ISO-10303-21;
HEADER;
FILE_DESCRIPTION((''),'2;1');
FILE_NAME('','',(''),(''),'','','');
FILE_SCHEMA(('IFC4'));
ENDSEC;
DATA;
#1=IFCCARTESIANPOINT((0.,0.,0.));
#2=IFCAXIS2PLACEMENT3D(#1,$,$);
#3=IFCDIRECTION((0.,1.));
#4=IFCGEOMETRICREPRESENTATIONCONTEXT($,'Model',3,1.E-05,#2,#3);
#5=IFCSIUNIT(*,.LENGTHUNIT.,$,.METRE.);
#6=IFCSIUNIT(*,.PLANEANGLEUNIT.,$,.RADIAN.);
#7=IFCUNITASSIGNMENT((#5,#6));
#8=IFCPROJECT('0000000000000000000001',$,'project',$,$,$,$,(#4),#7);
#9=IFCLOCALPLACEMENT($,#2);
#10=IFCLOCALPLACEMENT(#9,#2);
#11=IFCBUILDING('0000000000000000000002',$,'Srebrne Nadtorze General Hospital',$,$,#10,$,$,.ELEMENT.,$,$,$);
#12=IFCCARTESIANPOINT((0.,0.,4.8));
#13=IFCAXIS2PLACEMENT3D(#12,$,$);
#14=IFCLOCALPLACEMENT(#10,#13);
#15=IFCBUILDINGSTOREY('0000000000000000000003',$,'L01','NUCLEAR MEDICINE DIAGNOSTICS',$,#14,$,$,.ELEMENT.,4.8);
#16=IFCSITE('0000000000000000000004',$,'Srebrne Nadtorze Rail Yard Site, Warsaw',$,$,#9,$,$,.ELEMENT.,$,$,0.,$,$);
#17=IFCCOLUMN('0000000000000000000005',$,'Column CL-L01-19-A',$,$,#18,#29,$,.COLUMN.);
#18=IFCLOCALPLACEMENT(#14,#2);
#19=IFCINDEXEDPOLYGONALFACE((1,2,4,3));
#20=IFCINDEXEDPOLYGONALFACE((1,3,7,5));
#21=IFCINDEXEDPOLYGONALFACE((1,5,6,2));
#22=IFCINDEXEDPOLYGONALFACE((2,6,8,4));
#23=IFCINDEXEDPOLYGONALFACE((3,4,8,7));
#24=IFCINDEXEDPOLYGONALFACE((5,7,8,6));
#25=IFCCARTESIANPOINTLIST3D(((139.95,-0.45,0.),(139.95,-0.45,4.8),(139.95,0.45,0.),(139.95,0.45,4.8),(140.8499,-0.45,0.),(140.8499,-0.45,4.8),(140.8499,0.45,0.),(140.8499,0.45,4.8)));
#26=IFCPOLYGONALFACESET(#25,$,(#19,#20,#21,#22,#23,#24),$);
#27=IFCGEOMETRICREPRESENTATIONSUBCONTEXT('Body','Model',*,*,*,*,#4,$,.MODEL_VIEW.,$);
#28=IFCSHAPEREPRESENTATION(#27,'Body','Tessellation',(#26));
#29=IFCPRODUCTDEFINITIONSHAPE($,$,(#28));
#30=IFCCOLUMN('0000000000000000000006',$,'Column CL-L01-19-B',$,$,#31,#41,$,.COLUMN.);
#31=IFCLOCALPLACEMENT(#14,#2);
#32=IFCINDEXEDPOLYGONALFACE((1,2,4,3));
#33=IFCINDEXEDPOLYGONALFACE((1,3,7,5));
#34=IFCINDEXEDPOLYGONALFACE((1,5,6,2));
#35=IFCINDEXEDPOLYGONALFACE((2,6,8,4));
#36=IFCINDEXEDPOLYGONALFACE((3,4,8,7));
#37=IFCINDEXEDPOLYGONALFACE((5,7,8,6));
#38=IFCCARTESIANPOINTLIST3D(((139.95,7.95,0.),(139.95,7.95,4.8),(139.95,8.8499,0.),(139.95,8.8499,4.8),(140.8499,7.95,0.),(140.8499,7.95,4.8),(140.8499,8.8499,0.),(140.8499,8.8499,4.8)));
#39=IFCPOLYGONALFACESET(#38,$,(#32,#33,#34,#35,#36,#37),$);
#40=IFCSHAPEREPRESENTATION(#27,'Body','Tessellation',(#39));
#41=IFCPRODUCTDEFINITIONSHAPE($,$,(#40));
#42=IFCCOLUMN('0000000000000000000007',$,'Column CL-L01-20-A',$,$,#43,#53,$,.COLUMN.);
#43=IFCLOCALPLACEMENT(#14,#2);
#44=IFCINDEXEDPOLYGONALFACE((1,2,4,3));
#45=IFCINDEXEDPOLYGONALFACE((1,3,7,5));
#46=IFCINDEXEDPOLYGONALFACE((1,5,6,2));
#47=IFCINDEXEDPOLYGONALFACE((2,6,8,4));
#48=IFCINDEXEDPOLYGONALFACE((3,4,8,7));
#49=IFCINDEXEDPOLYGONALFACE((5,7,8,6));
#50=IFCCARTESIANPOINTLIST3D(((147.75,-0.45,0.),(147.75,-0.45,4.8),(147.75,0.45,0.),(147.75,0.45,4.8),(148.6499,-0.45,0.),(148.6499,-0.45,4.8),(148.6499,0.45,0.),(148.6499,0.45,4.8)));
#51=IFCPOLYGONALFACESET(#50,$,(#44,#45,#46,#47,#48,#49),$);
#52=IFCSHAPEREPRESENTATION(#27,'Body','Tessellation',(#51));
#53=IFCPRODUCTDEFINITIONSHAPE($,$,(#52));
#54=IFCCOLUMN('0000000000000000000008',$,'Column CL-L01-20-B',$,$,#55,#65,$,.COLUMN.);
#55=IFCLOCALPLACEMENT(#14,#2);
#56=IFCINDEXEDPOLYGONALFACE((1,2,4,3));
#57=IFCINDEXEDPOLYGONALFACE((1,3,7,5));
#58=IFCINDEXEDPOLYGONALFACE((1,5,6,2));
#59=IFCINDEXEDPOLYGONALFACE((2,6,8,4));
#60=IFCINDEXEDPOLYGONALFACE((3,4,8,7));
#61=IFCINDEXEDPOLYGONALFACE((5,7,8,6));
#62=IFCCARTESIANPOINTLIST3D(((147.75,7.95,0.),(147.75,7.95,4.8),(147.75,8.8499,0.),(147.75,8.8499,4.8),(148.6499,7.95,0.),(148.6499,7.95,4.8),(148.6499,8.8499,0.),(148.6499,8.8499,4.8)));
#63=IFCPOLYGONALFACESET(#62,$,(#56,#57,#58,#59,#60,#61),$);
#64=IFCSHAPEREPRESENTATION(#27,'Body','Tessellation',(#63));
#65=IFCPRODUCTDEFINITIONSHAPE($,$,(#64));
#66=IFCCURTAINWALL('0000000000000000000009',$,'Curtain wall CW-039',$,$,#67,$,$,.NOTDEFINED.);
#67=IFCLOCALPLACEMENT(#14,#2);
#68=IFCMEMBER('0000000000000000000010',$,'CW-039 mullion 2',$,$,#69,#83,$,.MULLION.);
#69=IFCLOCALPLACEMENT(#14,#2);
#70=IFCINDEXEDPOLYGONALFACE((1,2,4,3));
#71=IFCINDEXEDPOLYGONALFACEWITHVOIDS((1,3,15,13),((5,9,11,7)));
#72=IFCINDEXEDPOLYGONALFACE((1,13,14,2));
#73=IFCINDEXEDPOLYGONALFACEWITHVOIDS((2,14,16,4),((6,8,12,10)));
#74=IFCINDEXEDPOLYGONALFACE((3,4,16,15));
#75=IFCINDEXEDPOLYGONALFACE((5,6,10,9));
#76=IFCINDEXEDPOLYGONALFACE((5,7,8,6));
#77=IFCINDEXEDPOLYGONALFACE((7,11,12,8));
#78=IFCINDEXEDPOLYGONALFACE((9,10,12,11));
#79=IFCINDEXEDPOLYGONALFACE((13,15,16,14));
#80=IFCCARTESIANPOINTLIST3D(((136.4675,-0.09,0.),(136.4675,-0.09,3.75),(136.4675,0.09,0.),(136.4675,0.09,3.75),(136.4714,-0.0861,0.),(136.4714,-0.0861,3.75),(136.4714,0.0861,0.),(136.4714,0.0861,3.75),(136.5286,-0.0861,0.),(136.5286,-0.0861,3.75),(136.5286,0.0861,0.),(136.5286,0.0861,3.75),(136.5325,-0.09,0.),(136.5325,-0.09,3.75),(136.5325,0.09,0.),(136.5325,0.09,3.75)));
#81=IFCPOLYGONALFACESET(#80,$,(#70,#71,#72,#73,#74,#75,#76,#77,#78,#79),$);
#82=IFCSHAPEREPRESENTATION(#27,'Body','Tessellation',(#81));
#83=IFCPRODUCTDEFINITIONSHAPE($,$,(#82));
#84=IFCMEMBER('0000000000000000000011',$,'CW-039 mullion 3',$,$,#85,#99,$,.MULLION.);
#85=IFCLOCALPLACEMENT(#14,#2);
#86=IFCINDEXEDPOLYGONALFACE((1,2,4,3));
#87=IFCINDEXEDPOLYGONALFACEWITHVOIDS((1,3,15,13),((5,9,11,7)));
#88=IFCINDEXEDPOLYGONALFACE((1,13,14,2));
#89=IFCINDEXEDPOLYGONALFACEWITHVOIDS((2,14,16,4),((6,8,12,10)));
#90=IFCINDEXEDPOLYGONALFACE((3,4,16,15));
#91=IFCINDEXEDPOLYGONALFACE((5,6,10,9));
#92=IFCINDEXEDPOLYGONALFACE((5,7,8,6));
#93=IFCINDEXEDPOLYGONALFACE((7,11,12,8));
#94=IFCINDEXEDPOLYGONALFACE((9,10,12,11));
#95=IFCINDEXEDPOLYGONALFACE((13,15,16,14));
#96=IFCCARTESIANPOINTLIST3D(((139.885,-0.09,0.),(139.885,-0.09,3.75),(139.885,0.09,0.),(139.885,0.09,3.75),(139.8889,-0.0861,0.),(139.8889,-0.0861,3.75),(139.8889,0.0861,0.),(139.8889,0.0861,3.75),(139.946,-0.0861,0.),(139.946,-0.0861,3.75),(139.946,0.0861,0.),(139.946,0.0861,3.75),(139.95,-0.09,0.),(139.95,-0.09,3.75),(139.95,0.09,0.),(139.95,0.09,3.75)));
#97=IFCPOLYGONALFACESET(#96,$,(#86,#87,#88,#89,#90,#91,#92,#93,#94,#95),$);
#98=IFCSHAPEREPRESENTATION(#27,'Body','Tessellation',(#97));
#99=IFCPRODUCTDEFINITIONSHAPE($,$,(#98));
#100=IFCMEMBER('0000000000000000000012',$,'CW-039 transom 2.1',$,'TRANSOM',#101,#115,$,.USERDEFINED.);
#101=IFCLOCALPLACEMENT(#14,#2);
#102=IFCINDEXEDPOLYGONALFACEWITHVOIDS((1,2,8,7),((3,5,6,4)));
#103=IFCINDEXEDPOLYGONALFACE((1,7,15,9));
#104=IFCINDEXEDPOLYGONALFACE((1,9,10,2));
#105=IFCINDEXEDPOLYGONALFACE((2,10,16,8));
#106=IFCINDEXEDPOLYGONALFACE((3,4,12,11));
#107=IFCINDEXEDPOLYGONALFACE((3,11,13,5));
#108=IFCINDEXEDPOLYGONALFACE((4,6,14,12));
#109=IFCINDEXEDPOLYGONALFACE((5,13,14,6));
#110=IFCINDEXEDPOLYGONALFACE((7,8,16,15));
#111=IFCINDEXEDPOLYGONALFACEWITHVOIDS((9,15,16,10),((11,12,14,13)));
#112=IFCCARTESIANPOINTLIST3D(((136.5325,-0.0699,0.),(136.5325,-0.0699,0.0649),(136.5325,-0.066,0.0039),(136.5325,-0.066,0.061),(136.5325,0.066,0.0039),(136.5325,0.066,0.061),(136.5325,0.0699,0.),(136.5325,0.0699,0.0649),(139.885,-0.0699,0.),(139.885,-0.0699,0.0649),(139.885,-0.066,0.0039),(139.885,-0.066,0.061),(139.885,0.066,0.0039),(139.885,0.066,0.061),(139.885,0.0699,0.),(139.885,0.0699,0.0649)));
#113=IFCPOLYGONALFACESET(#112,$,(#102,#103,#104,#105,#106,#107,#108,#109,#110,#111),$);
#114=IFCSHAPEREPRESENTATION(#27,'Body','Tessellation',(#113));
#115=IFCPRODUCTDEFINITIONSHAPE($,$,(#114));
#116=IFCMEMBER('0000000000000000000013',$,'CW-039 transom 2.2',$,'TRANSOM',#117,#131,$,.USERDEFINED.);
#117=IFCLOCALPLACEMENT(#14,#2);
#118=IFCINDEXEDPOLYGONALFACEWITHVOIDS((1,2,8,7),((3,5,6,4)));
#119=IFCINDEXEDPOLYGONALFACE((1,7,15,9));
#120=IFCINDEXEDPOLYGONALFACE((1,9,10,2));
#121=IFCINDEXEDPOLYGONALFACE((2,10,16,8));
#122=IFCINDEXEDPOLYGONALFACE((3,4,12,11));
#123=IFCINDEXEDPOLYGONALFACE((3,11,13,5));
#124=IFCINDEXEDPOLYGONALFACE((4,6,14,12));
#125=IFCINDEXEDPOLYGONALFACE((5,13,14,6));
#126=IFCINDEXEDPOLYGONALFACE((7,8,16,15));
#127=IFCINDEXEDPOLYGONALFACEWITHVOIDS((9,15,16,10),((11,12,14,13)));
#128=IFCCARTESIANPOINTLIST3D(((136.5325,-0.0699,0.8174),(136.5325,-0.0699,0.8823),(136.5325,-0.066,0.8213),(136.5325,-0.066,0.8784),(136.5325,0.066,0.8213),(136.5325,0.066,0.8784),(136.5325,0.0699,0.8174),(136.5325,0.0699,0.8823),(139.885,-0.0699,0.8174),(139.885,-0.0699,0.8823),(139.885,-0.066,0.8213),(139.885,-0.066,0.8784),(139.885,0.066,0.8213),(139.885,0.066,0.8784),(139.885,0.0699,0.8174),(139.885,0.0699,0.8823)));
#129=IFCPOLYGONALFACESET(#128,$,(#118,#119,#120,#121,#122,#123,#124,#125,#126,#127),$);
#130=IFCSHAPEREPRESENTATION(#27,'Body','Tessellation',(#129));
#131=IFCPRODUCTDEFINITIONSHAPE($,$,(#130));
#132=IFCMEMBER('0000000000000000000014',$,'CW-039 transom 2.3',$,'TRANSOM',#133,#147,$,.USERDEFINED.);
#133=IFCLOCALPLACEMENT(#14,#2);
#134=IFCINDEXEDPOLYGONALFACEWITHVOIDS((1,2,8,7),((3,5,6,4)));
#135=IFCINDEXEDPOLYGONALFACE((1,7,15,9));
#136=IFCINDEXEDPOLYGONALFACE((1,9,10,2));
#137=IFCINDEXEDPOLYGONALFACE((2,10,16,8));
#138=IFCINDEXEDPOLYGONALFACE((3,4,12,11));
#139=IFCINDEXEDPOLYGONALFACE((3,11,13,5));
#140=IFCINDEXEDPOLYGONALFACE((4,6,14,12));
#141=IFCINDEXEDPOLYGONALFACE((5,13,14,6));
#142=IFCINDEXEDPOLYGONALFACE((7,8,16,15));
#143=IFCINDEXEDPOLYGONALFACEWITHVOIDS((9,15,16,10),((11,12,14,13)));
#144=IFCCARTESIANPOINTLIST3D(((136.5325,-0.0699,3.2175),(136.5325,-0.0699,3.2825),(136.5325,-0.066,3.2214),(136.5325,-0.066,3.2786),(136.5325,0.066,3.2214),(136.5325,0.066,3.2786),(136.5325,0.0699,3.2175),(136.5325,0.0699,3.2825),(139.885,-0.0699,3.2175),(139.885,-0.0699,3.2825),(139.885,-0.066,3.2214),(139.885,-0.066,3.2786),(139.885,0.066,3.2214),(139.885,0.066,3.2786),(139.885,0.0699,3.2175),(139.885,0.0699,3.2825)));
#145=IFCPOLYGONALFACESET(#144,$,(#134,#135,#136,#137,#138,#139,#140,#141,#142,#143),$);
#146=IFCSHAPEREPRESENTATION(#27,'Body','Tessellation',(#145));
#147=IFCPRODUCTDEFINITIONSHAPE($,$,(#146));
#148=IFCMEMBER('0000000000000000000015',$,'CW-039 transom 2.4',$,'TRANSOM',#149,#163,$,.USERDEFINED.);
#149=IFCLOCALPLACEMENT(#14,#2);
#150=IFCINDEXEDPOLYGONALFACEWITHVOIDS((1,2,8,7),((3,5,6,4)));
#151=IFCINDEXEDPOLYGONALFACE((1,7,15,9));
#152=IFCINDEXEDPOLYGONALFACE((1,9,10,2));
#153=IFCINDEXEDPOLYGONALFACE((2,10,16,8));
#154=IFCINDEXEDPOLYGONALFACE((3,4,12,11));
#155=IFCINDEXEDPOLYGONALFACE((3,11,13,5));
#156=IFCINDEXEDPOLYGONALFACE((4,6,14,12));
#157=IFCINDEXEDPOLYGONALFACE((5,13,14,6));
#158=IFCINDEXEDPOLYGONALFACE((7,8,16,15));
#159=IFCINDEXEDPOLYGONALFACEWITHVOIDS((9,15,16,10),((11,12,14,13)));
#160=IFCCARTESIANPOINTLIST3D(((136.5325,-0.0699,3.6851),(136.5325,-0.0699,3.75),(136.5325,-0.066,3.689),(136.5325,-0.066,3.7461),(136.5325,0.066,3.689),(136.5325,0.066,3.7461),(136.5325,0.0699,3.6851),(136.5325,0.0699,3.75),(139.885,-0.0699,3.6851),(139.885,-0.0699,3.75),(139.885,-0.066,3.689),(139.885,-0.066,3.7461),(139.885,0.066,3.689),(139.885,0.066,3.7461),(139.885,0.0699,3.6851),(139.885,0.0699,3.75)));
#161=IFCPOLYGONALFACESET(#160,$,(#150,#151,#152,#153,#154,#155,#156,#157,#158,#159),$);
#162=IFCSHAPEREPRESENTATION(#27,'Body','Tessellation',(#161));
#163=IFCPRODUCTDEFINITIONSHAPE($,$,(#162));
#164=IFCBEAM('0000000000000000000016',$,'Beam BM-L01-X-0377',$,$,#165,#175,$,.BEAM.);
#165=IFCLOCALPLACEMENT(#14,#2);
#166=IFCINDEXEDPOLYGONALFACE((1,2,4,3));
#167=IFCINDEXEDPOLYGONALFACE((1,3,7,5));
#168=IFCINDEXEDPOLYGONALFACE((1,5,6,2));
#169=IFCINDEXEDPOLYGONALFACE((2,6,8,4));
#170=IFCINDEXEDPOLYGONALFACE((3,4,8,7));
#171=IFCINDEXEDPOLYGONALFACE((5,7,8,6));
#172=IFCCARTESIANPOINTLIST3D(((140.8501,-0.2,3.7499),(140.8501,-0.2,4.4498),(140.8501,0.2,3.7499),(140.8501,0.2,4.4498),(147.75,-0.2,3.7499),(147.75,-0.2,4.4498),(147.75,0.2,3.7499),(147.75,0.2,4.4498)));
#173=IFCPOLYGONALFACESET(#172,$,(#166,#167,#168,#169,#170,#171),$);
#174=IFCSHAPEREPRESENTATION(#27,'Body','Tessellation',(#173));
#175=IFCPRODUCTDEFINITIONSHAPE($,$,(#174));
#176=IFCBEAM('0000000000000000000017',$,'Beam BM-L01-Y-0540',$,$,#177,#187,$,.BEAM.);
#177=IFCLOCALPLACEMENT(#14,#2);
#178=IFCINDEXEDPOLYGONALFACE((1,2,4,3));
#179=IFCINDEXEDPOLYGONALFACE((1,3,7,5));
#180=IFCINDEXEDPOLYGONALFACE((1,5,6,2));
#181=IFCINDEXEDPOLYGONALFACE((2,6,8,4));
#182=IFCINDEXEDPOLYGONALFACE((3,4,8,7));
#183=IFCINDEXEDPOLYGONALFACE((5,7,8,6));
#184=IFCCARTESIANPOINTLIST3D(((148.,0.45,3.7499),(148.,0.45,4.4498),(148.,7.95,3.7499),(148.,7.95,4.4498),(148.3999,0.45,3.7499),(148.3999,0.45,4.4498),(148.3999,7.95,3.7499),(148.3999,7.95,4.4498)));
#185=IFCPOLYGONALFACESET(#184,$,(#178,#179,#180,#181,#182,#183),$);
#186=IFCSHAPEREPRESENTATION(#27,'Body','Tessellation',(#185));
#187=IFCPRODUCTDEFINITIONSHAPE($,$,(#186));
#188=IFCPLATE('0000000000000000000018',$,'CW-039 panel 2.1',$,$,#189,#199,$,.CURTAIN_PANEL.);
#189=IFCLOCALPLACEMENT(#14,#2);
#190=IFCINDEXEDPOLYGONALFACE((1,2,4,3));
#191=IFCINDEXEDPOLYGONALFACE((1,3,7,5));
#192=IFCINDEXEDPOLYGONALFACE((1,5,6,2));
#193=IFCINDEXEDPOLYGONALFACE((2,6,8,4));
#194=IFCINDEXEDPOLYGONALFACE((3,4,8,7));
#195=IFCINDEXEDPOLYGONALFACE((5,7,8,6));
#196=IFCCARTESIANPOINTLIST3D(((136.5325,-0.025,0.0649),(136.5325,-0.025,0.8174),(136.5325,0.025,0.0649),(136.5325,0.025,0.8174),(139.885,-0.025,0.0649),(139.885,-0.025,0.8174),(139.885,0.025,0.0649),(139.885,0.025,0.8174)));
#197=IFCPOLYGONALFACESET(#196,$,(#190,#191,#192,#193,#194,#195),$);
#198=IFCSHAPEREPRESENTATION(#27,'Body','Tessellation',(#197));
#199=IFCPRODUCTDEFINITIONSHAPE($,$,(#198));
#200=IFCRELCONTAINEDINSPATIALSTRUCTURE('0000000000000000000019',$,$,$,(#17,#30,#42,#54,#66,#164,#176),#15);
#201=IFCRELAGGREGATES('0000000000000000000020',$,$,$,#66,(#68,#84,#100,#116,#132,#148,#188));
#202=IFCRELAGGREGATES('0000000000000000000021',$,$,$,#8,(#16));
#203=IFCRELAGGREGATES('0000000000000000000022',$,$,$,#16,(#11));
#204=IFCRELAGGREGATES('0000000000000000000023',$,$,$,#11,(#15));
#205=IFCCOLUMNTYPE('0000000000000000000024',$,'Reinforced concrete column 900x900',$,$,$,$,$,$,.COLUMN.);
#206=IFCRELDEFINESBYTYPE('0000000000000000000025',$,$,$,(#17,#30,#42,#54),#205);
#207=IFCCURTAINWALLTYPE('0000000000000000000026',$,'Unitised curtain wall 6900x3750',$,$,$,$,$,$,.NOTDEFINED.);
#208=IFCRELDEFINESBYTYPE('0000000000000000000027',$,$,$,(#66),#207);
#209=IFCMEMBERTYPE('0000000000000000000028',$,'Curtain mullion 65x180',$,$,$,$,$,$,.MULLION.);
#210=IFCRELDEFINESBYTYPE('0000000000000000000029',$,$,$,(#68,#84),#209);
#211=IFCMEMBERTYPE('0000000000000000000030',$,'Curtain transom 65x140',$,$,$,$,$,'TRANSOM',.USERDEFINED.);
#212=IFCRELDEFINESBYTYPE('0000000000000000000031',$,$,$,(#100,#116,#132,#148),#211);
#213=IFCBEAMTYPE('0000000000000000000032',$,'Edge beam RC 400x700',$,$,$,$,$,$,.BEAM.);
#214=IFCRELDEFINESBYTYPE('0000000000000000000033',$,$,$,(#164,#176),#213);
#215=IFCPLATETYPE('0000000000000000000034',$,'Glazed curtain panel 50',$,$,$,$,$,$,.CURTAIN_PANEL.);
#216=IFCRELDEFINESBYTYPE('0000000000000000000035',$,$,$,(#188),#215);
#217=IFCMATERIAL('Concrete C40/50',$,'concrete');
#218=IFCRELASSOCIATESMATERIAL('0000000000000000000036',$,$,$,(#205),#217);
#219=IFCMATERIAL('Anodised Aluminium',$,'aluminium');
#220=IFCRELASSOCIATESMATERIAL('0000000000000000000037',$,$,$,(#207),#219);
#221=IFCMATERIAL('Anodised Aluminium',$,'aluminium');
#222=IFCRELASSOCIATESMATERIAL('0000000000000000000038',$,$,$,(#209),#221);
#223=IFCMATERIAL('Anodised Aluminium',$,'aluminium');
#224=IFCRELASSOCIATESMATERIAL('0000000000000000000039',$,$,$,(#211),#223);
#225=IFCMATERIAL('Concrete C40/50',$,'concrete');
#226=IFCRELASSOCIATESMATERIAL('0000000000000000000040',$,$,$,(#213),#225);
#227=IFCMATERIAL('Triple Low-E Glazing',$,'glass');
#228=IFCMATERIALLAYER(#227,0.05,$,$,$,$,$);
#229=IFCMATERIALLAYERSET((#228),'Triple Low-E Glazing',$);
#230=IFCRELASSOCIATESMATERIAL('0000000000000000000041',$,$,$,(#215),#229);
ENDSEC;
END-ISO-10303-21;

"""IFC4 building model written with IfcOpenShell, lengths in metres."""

from ifc_helpers import new_model, si_unit, direction, frame, origin, origin_2d, place, context, subcontext, project, spatial, rectangle, hollow_rectangle, extrude, material, layer, layer_set, material_profile, profile_set, type_object, element, aggregate, save


model = new_model("IFC4")

# Units and contexts
model_context = context("Model", 3, precision=1e-05, world=origin(), true_north=direction((0.0, 1.0)))
body_context = subcontext(model_context, "Body", "Model", "MODEL_VIEW")
ifc_project = project(units=[si_unit("LENGTHUNIT", "METRE"), si_unit("PLANEANGLEUNIT", "RADIAN")], contexts=[model_context])

# Site, building, storey
site_placement = place(None, origin())
site = spatial("IfcSite", under=ifc_project, at=site_placement, Name="Srebrne Nadtorze Rail Yard Site, Warsaw", CompositionType="ELEMENT", RefElevation=0.0)
building_placement = place(site_placement, origin())
building = spatial("IfcBuilding", under=site, at=building_placement, Name="Srebrne Nadtorze General Hospital", CompositionType="ELEMENT")
storey_placement = place(building_placement, frame((0.0, 0.0, 4.8)))
storey = spatial("IfcBuildingStorey", under=building, at=storey_placement, Name="L01", Description="NUCLEAR MEDICINE DIAGNOSTICS", CompositionType="ELEMENT", Elevation=4.8)

# Columns
ifc_material_1 = material(Name="Concrete C40/50", Category="concrete")
ifc_material_profile_1 = material_profile(ifc_material_1, rectangle(XDim=0.8999, YDim=0.8999, at=origin_2d()), Name="RC-COL-900x900")
ifc_profile_set_1 = profile_set([ifc_material_profile_1], Name="Concrete C40/50")
column_type = type_object("IfcColumnType", Name="Reinforced concrete column 900x900", PredefinedType="COLUMN", material=ifc_profile_set_1)
for number, where, z_axis, x_axis, name in (
    (1, (140.3999, 0.0, 0.0), (0.0, 0.0, 1.0), (1.0, 0.0, 0.0), "Column CL-L01-19-A"),
    (2, (140.3999, 8.3999, 0.0), (0.0, 0.0, 1.0), (1.0, 0.0, 0.0), "Column CL-L01-19-B"),
    (3, (148.2, 0.0, 0.0), (0.0, 0.0, 1.0), (1.0, 0.0, 0.0), "Column CL-L01-20-A"),
    (4, (148.2, 8.3999, 0.0), (0.0, 0.0, 1.0), (1.0, 0.0, 0.0), "Column CL-L01-20-B"),
):
    element("IfcColumn", number, at=place(storey_placement, frame(where, z_axis=z_axis, x_axis=x_axis)), inside=storey, type_object=column_type, Name=name, PredefinedType="COLUMN", context=body_context, shape_type="SweptSolid", body=[
        extrude(rectangle(XDim=0.8999, YDim=0.8999, at=origin_2d()), origin(), (0.0, 0.0, 1.0), 4.8),
    ])

# Curtain wall, members
ifc_material_2 = material(Name="Anodised Aluminium", Category="aluminium")
curtain_wall_type = type_object("IfcCurtainWallType", Name="Unitised curtain wall 6900x3750", PredefinedType="NOTDEFINED", material=ifc_material_2)
curtain_wall_placement = place(storey_placement, origin())
curtain_wall = element("IfcCurtainWall", 5, at=curtain_wall_placement, inside=storey, type_object=curtain_wall_type, Name="Curtain wall CW-039", PredefinedType="NOTDEFINED")
ifc_material_3 = material(Name="Anodised Aluminium", Category="aluminium")
ifc_material_profile_2 = material_profile(ifc_material_3, hollow_rectangle(XDim=0.0649, YDim=0.1799, WallThickness=0.0039, at=origin_2d()), Name="AL-MUL-65x180")
ifc_profile_set_2 = profile_set([ifc_material_profile_2], Name="Anodised Aluminium")
member_type_1 = type_object("IfcMemberType", Name="Curtain mullion 65x180", PredefinedType="MULLION", material=ifc_profile_set_2)
member_1_placement = place(storey_placement, frame((136.5, 0.0, 0.0), z_axis=(0.0, 0.0, 1.0), x_axis=(1.0, 0.0, 0.0)))
member_1 = element("IfcMember", 6, at=member_1_placement, type_object=member_type_1, Name="CW-039 mullion 2", PredefinedType="MULLION", context=body_context, shape_type="SweptSolid", body=[
    extrude(hollow_rectangle(XDim=0.0649, YDim=0.1799, WallThickness=0.0039, at=origin_2d()), origin(), (0.0, 0.0, 1.0), 3.75),
])
member_2_placement = place(storey_placement, frame((139.9175, 0.0, 0.0), z_axis=(0.0, 0.0, 1.0), x_axis=(1.0, 0.0, 0.0)))
member_2 = element("IfcMember", 7, at=member_2_placement, type_object=member_type_1, Name="CW-039 mullion 3", PredefinedType="MULLION", context=body_context, shape_type="SweptSolid", body=[
    extrude(hollow_rectangle(XDim=0.0649, YDim=0.1799, WallThickness=0.0039, at=origin_2d()), origin(), (0.0, 0.0, 1.0), 3.75),
])
ifc_material_4 = material(Name="Anodised Aluminium", Category="aluminium")
ifc_material_profile_3 = material_profile(ifc_material_4, hollow_rectangle(XDim=0.0649, YDim=0.1399, WallThickness=0.0039, at=origin_2d()), Name="AL-TRN-65x140")
ifc_profile_set_3 = profile_set([ifc_material_profile_3], Name="Anodised Aluminium")
member_type_2 = type_object("IfcMemberType", Name="Curtain transom 65x140", ElementType="TRANSOM", PredefinedType="USERDEFINED", material=ifc_profile_set_3)
member_3_placement = place(storey_placement, frame((136.5325, 0.0, 0.0325), z_axis=(1.0, 0.0, 0.0), x_axis=(0.0, 0.0, 1.0)))
member_3 = element("IfcMember", 8, at=member_3_placement, type_object=member_type_2, Name="CW-039 transom 2.1", ObjectType="TRANSOM", PredefinedType="USERDEFINED", context=body_context, shape_type="SweptSolid", body=[
    extrude(hollow_rectangle(XDim=0.0649, YDim=0.1399, WallThickness=0.0039, at=origin_2d()), origin(), (0.0, 0.0, 1.0), 3.3525),
])
member_4_placement = place(storey_placement, frame((136.5325, 0.0, 0.8499), z_axis=(1.0, 0.0, 0.0), x_axis=(0.0, 0.0, 1.0)))
member_4 = element("IfcMember", 9, at=member_4_placement, type_object=member_type_2, Name="CW-039 transom 2.2", ObjectType="TRANSOM", PredefinedType="USERDEFINED", context=body_context, shape_type="SweptSolid", body=[
    extrude(hollow_rectangle(XDim=0.0649, YDim=0.1399, WallThickness=0.0039, at=origin_2d()), origin(), (0.0, 0.0, 1.0), 3.3525),
])
member_5_placement = place(storey_placement, frame((136.5325, 0.0, 3.25), z_axis=(1.0, 0.0, 0.0), x_axis=(0.0, 0.0, 1.0)))
member_5 = element("IfcMember", 10, at=member_5_placement, type_object=member_type_2, Name="CW-039 transom 2.3", ObjectType="TRANSOM", PredefinedType="USERDEFINED", context=body_context, shape_type="SweptSolid", body=[
    extrude(hollow_rectangle(XDim=0.0649, YDim=0.1399, WallThickness=0.0039, at=origin_2d()), origin(), (0.0, 0.0, 1.0), 3.3525),
])
member_6_placement = place(storey_placement, frame((136.5325, 0.0, 3.7175), z_axis=(1.0, 0.0, 0.0), x_axis=(0.0, 0.0, 1.0)))
member_6 = element("IfcMember", 11, at=member_6_placement, type_object=member_type_2, Name="CW-039 transom 2.4", ObjectType="TRANSOM", PredefinedType="USERDEFINED", context=body_context, shape_type="SweptSolid", body=[
    extrude(hollow_rectangle(XDim=0.0649, YDim=0.1399, WallThickness=0.0039, at=origin_2d()), origin(), (0.0, 0.0, 1.0), 3.3525),
])

# Beams
ifc_material_5 = material(Name="Concrete C40/50", Category="concrete")
ifc_material_profile_4 = material_profile(ifc_material_5, rectangle(XDim=0.3999, YDim=0.7, at=origin_2d()), Name="RC-BM-400x700")
ifc_profile_set_4 = profile_set([ifc_material_profile_4], Name="Concrete C40/50")
beam_type = type_object("IfcBeamType", Name="Edge beam RC 400x700", PredefinedType="BEAM", material=ifc_profile_set_4)
beam_1_placement = place(storey_placement, frame((140.8501, 0.0, 4.0999), z_axis=(1.0, 0.0, 0.0), x_axis=(0.0, 1.0, 0.0)))
element("IfcBeam", 12, at=beam_1_placement, inside=storey, type_object=beam_type, Name="Beam BM-L01-X-0377", PredefinedType="BEAM", context=body_context, shape_type="SweptSolid", body=[
    extrude(rectangle(XDim=0.3999, YDim=0.7, at=origin_2d()), origin(), (0.0, 0.0, 1.0), 6.8999),
])
beam_2_placement = place(storey_placement, frame((148.2, 0.45, 4.0999), z_axis=(0.0, 1.0, 0.0), x_axis=(-1.0, 0.0, 0.0)))
element("IfcBeam", 13, at=beam_2_placement, inside=storey, type_object=beam_type, Name="Beam BM-L01-Y-0540", PredefinedType="BEAM", context=body_context, shape_type="SweptSolid", body=[
    extrude(rectangle(XDim=0.3999, YDim=0.7, at=origin_2d()), origin(), (0.0, 0.0, 1.0), 7.5),
])

# Plate
ifc_material_6 = material(Name="Triple Low-E Glazing", Category="glass")
ifc_layer_1 = layer(ifc_material_6, 0.05)
ifc_layer_set_1 = layer_set([ifc_layer_1], Name="Triple Low-E Glazing")
plate_type = type_object("IfcPlateType", Name="Glazed curtain panel 50", PredefinedType="CURTAIN_PANEL", material=ifc_layer_set_1)
plate_1_placement = place(storey_placement, frame((138.2087, 0.0, 0.0649), z_axis=(0.0, 0.0, 1.0), x_axis=(1.0, 0.0, 0.0)))
plate_1 = element("IfcPlate", 14, at=plate_1_placement, type_object=plate_type, Name="CW-039 panel 2.1", PredefinedType="CURTAIN_PANEL", context=body_context, shape_type="SweptSolid", body=[
    extrude(rectangle(XDim=3.3525, YDim=0.05, at=origin_2d()), origin(), (0.0, 0.0, 1.0), 0.7524),
])
aggregate(curtain_wall, [member_1, member_2, member_3, member_4, member_5, member_6, plate_1])

save(model, "model.ifc")
